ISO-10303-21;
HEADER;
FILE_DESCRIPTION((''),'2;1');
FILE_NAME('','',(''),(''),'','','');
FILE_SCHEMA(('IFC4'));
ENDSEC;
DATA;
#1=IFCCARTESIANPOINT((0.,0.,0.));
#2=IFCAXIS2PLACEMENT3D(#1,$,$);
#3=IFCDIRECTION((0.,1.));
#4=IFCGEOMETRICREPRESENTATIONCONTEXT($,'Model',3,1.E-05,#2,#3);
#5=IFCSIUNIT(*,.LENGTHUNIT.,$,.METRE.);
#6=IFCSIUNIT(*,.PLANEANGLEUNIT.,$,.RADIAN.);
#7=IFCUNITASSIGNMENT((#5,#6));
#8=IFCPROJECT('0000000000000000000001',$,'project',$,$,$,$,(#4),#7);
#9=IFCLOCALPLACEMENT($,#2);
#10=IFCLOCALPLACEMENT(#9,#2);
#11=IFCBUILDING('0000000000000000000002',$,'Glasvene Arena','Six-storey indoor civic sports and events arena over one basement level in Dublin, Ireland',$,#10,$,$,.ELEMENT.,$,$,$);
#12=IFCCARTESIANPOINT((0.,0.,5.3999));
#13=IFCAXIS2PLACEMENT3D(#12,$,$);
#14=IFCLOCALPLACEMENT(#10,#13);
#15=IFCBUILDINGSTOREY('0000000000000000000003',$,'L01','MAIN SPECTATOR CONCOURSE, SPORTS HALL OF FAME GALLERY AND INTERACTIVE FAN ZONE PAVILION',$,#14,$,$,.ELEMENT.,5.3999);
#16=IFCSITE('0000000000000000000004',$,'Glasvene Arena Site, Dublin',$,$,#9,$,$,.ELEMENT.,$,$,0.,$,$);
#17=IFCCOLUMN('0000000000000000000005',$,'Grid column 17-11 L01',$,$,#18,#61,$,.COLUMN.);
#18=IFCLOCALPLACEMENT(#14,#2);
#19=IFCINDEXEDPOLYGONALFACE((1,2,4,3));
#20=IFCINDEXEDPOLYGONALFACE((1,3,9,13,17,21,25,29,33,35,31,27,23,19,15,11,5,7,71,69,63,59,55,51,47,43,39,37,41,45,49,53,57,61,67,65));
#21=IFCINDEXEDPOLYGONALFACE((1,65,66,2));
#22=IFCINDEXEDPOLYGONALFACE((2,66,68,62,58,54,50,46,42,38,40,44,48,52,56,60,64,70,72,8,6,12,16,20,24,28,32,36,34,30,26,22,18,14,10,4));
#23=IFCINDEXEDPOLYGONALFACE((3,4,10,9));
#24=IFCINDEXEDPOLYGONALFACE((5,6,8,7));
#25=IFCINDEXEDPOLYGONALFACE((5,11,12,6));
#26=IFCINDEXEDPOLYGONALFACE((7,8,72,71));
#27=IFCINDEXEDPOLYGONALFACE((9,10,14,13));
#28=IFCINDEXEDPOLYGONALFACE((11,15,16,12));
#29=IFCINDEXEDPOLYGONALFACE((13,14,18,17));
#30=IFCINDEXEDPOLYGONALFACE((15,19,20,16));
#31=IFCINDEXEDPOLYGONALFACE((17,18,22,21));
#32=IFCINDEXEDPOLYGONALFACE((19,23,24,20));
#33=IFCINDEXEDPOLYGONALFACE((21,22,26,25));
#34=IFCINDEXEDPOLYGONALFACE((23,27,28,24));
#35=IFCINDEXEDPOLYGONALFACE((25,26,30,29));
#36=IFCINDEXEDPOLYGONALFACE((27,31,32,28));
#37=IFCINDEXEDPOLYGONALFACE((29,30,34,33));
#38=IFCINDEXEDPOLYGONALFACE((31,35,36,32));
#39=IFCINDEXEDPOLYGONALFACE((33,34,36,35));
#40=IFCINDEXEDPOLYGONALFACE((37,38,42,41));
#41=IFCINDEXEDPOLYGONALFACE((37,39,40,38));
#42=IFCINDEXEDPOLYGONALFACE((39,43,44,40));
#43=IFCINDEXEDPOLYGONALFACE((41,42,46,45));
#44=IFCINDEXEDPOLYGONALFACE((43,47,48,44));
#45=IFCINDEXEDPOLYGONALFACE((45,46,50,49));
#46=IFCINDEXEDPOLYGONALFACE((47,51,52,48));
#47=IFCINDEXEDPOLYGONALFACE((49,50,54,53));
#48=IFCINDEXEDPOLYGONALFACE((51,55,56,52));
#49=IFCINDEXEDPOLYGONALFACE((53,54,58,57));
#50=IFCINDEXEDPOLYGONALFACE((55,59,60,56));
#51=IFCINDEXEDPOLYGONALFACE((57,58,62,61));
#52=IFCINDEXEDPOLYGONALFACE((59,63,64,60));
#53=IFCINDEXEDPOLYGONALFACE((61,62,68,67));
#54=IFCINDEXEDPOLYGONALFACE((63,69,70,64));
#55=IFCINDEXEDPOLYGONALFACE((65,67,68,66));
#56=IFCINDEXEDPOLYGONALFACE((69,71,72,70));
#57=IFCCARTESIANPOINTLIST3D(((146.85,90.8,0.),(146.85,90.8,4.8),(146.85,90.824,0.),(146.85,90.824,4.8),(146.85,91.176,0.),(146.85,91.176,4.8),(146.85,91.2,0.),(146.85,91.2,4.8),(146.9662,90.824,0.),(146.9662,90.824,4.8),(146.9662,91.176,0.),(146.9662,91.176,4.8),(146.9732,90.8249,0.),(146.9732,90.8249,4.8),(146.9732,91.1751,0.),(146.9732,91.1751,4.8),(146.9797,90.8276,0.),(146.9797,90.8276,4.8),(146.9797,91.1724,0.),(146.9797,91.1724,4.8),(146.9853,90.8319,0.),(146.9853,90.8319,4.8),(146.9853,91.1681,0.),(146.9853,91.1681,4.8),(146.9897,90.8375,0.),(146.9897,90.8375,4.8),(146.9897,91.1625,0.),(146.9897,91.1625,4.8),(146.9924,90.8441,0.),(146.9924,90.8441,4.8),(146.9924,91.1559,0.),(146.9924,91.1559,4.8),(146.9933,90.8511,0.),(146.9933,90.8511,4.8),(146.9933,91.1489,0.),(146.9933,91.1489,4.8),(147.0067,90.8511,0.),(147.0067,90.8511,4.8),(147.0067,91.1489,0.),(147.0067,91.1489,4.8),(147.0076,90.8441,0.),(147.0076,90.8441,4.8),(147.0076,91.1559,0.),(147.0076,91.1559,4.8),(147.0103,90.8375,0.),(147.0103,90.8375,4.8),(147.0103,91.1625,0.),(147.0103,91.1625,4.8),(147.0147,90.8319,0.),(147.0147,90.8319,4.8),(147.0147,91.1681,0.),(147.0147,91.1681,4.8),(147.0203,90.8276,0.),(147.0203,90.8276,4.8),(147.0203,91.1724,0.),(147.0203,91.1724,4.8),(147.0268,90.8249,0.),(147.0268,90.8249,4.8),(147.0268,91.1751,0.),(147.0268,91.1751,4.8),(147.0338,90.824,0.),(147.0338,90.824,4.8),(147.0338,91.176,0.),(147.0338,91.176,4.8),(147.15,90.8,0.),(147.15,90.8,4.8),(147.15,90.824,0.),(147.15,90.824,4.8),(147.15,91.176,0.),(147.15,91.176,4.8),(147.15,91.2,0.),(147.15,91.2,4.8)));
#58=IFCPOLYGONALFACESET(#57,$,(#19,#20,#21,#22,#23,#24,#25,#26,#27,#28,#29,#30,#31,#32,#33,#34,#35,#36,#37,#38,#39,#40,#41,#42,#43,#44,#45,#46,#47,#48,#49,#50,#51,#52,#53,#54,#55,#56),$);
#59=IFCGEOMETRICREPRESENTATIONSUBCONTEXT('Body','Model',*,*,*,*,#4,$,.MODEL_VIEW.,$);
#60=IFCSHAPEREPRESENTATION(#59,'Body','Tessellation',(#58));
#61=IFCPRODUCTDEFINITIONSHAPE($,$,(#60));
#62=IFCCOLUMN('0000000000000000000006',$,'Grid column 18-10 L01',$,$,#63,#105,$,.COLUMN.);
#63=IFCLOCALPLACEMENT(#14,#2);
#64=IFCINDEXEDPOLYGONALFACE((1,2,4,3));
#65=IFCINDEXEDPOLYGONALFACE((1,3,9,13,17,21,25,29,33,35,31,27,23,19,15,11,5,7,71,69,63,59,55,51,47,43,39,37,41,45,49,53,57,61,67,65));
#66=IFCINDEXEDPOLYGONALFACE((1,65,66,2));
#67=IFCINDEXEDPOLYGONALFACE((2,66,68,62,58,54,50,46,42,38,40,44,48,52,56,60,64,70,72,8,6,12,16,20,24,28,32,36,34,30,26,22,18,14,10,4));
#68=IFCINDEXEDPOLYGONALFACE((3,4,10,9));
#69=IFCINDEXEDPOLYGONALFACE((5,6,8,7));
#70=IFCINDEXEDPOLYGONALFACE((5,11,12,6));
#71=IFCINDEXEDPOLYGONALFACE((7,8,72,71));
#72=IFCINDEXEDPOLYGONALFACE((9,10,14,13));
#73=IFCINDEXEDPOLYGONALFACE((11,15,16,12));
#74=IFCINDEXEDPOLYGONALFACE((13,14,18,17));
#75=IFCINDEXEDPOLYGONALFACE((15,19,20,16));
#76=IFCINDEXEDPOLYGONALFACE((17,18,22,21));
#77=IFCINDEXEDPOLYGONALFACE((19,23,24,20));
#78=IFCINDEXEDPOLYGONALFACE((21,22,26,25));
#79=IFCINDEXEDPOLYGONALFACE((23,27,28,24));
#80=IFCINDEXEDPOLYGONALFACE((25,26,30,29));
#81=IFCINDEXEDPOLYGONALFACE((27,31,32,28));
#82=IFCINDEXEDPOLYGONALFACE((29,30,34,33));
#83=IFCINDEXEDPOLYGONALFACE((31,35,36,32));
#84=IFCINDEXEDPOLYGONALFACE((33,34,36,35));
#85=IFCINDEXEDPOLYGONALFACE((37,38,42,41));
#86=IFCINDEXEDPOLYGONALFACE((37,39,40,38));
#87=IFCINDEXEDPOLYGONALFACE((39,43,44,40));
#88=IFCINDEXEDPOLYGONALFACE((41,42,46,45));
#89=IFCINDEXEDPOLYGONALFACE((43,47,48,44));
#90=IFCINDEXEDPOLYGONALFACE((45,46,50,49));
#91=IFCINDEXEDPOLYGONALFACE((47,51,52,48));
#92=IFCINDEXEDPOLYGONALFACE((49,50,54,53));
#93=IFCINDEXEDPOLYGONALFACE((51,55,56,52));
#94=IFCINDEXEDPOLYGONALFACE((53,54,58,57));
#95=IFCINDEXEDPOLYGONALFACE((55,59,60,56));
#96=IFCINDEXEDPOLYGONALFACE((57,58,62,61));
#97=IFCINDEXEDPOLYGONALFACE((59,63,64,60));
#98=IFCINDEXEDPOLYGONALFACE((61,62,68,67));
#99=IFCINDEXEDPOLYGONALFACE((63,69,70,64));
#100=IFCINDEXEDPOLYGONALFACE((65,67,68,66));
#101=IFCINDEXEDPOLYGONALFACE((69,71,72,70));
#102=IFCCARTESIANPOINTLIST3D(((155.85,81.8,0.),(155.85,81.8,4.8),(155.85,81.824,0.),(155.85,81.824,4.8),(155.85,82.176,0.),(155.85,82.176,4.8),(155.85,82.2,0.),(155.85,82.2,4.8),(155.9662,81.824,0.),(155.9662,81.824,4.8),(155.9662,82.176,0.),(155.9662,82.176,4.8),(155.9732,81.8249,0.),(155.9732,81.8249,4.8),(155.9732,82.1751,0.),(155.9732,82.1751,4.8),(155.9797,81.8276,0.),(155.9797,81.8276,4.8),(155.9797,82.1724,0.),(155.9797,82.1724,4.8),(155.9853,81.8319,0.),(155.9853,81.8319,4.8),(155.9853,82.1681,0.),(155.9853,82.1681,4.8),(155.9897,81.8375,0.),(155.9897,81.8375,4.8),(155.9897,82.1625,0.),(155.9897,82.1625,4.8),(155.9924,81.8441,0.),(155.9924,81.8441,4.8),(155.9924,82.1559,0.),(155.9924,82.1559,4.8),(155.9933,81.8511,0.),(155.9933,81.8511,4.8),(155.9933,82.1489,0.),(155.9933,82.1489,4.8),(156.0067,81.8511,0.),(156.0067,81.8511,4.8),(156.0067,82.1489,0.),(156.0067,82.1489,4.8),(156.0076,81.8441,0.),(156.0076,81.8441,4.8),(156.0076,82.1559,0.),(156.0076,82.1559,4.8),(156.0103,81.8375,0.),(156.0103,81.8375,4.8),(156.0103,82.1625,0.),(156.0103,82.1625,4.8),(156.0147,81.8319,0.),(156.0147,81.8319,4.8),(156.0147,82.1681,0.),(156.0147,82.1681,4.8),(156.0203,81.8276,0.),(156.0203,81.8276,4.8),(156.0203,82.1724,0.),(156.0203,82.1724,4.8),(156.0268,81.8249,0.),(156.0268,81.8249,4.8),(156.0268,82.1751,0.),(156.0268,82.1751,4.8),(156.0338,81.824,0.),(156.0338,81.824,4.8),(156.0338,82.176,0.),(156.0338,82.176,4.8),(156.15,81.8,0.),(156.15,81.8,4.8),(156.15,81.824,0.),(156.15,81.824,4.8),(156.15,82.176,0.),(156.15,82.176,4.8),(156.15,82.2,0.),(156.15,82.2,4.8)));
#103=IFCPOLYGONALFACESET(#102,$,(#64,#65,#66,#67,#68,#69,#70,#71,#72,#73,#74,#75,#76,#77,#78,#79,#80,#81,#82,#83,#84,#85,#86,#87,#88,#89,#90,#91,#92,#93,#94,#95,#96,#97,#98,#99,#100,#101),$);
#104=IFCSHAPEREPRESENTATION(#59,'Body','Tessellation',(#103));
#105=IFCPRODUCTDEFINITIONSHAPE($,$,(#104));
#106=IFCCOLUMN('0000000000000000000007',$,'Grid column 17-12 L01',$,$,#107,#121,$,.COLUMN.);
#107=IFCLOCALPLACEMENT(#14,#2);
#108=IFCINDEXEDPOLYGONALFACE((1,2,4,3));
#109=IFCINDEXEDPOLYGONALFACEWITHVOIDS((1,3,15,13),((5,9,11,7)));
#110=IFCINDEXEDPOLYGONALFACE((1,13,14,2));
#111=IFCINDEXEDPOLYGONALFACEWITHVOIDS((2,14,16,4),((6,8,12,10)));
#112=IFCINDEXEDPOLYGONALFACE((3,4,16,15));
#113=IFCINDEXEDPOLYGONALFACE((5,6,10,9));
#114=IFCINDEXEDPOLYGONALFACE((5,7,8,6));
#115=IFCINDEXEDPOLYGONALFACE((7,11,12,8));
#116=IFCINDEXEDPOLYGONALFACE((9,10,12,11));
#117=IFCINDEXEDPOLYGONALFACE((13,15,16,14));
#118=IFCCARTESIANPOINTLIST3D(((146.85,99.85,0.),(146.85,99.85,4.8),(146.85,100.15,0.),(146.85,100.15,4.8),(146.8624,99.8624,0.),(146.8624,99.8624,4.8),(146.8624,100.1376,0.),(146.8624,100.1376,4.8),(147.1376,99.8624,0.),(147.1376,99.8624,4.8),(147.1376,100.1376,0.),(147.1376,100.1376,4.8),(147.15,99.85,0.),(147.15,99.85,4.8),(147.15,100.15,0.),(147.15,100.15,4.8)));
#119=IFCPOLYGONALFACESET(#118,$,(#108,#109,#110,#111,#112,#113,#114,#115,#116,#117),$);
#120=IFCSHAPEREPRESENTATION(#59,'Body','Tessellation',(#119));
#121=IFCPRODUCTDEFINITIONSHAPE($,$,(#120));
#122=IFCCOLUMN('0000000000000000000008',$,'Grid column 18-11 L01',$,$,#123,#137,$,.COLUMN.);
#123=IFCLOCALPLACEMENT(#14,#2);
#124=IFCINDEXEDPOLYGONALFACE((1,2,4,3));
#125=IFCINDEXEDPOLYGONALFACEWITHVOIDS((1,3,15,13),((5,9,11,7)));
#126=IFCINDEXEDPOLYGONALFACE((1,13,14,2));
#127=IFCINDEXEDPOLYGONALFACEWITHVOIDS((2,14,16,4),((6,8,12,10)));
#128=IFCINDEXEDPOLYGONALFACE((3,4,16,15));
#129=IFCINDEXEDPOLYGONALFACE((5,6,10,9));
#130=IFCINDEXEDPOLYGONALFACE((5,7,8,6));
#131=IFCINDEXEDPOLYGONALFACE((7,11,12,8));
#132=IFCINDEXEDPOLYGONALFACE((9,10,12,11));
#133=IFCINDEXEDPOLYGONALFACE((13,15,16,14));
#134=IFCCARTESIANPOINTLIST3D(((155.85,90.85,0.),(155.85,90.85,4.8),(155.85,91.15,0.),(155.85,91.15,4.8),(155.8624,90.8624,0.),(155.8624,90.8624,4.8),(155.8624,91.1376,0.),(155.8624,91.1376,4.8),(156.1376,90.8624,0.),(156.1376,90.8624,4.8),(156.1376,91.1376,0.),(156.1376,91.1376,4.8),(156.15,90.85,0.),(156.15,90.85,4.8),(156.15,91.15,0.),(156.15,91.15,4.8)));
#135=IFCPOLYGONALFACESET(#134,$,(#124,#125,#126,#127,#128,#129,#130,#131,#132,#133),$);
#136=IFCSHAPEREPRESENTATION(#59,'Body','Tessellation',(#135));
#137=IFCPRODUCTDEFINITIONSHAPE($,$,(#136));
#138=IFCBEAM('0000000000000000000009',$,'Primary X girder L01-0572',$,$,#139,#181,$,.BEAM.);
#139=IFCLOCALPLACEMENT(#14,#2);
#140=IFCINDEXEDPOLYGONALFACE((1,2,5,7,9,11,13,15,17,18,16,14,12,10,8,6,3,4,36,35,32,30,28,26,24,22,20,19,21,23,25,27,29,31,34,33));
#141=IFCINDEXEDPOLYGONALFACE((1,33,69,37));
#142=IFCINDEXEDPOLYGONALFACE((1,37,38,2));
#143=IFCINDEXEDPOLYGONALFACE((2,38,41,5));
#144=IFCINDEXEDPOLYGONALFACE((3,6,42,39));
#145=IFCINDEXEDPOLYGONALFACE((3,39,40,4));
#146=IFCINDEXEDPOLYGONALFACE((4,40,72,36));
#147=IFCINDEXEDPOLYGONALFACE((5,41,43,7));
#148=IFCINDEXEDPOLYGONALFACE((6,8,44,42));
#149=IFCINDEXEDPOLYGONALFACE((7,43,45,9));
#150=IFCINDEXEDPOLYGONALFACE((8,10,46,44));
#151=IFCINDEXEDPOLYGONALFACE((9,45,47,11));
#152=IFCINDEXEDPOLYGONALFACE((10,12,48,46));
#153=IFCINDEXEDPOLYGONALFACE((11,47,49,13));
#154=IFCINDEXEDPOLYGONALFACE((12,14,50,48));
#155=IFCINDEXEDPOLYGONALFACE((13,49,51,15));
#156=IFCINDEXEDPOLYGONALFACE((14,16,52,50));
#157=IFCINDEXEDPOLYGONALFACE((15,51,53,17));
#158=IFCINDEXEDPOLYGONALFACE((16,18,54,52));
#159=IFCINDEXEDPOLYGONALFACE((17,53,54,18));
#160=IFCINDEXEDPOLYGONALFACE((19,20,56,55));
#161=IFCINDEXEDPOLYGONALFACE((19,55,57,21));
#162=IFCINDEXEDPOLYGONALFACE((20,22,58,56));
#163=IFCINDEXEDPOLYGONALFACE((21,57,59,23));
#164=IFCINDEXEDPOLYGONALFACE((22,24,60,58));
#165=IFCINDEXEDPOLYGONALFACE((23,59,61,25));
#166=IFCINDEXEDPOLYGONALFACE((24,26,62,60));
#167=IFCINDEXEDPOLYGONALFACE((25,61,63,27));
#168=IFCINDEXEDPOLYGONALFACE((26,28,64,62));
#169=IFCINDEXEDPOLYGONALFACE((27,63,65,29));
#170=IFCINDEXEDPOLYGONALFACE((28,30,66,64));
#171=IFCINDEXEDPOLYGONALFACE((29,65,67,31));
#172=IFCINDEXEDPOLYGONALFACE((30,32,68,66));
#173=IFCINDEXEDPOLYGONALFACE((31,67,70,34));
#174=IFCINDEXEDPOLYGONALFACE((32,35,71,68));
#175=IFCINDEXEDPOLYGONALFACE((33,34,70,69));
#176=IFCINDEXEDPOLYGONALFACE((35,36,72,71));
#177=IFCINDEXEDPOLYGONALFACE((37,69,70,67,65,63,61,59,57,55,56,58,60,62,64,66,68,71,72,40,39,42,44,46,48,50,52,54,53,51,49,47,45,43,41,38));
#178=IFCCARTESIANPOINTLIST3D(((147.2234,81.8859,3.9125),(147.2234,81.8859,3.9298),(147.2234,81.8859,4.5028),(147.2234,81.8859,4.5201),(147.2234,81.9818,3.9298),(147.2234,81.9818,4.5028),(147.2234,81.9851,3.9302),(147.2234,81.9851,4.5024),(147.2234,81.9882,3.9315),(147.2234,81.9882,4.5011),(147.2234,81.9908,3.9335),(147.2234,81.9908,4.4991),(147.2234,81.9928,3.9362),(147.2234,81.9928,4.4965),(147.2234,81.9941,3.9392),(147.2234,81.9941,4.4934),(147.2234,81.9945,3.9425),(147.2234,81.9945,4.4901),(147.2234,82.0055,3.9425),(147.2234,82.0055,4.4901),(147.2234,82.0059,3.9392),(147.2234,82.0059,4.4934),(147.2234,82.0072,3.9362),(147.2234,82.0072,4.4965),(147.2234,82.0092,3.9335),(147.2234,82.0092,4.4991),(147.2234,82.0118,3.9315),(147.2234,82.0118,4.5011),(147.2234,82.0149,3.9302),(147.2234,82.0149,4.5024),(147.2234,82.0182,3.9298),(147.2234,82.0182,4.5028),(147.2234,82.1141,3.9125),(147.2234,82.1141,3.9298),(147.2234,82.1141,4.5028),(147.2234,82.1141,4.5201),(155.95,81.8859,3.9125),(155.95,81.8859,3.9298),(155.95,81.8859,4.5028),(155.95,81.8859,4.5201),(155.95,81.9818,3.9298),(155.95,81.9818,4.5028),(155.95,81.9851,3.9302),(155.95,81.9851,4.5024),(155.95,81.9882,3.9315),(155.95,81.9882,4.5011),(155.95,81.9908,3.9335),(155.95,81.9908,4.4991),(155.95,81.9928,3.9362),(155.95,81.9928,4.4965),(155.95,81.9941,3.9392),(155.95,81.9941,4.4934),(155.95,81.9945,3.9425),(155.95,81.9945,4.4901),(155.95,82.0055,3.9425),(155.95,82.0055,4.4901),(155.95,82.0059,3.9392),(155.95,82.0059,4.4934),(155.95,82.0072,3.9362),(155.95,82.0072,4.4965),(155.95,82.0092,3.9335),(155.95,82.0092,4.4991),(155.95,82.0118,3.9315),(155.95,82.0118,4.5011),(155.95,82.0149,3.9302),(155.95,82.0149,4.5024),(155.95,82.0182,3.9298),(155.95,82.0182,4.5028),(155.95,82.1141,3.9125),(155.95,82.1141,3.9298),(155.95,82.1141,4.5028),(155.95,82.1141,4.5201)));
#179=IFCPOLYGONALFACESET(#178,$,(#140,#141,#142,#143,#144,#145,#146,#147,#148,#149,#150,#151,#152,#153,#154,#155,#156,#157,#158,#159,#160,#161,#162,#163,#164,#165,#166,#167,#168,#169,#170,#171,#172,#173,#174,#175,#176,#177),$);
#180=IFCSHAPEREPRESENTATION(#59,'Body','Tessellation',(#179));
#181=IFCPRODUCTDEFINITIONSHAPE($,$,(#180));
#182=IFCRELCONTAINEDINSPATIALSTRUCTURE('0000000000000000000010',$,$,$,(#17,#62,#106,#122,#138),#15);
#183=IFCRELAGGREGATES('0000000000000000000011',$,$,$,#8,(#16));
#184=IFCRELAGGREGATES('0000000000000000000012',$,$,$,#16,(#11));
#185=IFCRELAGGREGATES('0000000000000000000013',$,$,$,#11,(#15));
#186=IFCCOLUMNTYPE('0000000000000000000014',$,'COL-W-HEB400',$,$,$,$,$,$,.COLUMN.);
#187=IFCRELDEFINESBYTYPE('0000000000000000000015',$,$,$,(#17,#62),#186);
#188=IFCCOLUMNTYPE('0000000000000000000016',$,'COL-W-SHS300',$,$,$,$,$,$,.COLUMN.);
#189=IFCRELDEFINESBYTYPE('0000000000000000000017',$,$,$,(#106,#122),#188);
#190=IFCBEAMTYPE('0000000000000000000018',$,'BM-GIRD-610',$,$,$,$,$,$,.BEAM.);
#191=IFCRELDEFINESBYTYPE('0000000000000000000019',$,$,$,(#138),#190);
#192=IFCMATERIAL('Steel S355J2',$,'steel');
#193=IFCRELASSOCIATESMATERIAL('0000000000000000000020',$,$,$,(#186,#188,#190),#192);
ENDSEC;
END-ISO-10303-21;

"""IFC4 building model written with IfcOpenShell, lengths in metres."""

from ifc_helpers import new_model, si_unit, direction, frame, origin, origin_2d, place, context, subcontext, project, spatial, hollow_rectangle, i_section, extrude, material, material_profile, profile_set, type_object, element, save


model = new_model("IFC4")

# Units and contexts
model_context = context("Model", 3, precision=1e-05, world=origin(), true_north=direction((0.0, 1.0)))
body_context = subcontext(model_context, "Body", "Model", "MODEL_VIEW")
ifc_project = project(units=[si_unit("LENGTHUNIT", "METRE"), si_unit("PLANEANGLEUNIT", "RADIAN")], contexts=[model_context])

# Site, building, storey
site_placement = place(None, origin())
site = spatial("IfcSite", under=ifc_project, at=site_placement, Name="Glasvene Arena Site, Dublin", CompositionType="ELEMENT", RefElevation=0.0)
building_placement = place(site_placement, origin())
building = spatial("IfcBuilding", under=site, at=building_placement, Name="Glasvene Arena", Description="Six-storey indoor civic sports and events arena over one basement level in Dublin, Ireland", CompositionType="ELEMENT")
storey_placement = place(building_placement, frame((0.0, 0.0, 5.3999)))
storey = spatial("IfcBuildingStorey", under=building, at=storey_placement, Name="L01", Description="MAIN SPECTATOR CONCOURSE, SPORTS HALL OF FAME GALLERY AND INTERACTIVE FAN ZONE PAVILION", CompositionType="ELEMENT", Elevation=5.3999)

# Columns
ifc_material_1 = material(Name="Steel S355J2", Category="steel")
ifc_material_profile_1 = material_profile(ifc_material_1, i_section(OverallWidth=0.3, OverallDepth=0.3999, WebThickness=0.0134, FlangeThickness=0.0239, FilletRadius=0.0271, at=origin_2d()), Name="HEB 400")
ifc_profile_set_1 = profile_set([ifc_material_profile_1], Name="Steel S355J2")
column_type_1 = type_object("IfcColumnType", Name="COL-W-HEB400", PredefinedType="COLUMN", material=ifc_profile_set_1)
for number, where, z_axis, x_axis, name in (
    (1, (147.0, 91.0, 0.0), (0.0, 0.0, 1.0), (1.0, 0.0, 0.0), "Grid column 17-11 L01"),
    (2, (156.0, 82.0, 0.0), (0.0, 0.0, 1.0), (1.0, 0.0, 0.0), "Grid column 18-10 L01"),
):
    element("IfcColumn", number, at=place(storey_placement, frame(where, z_axis=z_axis, x_axis=x_axis)), inside=storey, type_object=column_type_1, Name=name, PredefinedType="COLUMN", context=body_context, shape_type="SweptSolid", body=[
        extrude(i_section(OverallWidth=0.3, OverallDepth=0.3999, WebThickness=0.0134, FlangeThickness=0.0239, FilletRadius=0.0271, at=origin_2d()), origin(), (0.0, 0.0, 1.0), 4.8),
    ])
ifc_material_profile_2 = material_profile(ifc_material_1, hollow_rectangle(XDim=0.3, YDim=0.3, WallThickness=0.0125, at=origin_2d()), Name="SHS 300x300x12.5")
ifc_profile_set_2 = profile_set([ifc_material_profile_2], Name="Steel S355J2")
column_type_2 = type_object("IfcColumnType", Name="COL-W-SHS300", PredefinedType="COLUMN", material=ifc_profile_set_2)
for number, where, z_axis, x_axis, name in (
    (3, (147.0, 100.0, 0.0), (0.0, 0.0, 1.0), (1.0, 0.0, 0.0), "Grid column 17-12 L01"),
    (4, (156.0, 91.0, 0.0), (0.0, 0.0, 1.0), (1.0, 0.0, 0.0), "Grid column 18-11 L01"),
):
    element("IfcColumn", number, at=place(storey_placement, frame(where, z_axis=z_axis, x_axis=x_axis)), inside=storey, type_object=column_type_2, Name=name, PredefinedType="COLUMN", context=body_context, shape_type="SweptSolid", body=[
        extrude(hollow_rectangle(XDim=0.3, YDim=0.3, WallThickness=0.0125, at=origin_2d()), origin(), (0.0, 0.0, 1.0), 4.8),
    ])

# Beam
ifc_material_profile_3 = material_profile(ifc_material_1, i_section(OverallWidth=0.2283, OverallDepth=0.6077, WebThickness=0.011, FlangeThickness=0.0173, FilletRadius=0.0127, at=origin_2d()), Name="UKB 610x229x113")
ifc_profile_set_3 = profile_set([ifc_material_profile_3], Name="Steel S355J2")
beam_type_1 = type_object("IfcBeamType", Name="BM-GIRD-610", PredefinedType="BEAM", material=ifc_profile_set_3)
beam_1_placement = place(storey_placement, frame((147.2234, 82.0, 4.2163), z_axis=(1.0, 0.0, 0.0), x_axis=(0.0, 1.0, 0.0)))
element("IfcBeam", 5, at=beam_1_placement, inside=storey, type_object=beam_type_1, Name="Primary X girder L01-0572", PredefinedType="BEAM", context=body_context, shape_type="SweptSolid", body=[
    extrude(i_section(OverallWidth=0.2283, OverallDepth=0.6077, WebThickness=0.011, FlangeThickness=0.0173, FilletRadius=0.0127, at=origin_2d()), origin(), (0.0, 0.0, 1.0), 8.7266),
])

save(model, "model.ifc")
